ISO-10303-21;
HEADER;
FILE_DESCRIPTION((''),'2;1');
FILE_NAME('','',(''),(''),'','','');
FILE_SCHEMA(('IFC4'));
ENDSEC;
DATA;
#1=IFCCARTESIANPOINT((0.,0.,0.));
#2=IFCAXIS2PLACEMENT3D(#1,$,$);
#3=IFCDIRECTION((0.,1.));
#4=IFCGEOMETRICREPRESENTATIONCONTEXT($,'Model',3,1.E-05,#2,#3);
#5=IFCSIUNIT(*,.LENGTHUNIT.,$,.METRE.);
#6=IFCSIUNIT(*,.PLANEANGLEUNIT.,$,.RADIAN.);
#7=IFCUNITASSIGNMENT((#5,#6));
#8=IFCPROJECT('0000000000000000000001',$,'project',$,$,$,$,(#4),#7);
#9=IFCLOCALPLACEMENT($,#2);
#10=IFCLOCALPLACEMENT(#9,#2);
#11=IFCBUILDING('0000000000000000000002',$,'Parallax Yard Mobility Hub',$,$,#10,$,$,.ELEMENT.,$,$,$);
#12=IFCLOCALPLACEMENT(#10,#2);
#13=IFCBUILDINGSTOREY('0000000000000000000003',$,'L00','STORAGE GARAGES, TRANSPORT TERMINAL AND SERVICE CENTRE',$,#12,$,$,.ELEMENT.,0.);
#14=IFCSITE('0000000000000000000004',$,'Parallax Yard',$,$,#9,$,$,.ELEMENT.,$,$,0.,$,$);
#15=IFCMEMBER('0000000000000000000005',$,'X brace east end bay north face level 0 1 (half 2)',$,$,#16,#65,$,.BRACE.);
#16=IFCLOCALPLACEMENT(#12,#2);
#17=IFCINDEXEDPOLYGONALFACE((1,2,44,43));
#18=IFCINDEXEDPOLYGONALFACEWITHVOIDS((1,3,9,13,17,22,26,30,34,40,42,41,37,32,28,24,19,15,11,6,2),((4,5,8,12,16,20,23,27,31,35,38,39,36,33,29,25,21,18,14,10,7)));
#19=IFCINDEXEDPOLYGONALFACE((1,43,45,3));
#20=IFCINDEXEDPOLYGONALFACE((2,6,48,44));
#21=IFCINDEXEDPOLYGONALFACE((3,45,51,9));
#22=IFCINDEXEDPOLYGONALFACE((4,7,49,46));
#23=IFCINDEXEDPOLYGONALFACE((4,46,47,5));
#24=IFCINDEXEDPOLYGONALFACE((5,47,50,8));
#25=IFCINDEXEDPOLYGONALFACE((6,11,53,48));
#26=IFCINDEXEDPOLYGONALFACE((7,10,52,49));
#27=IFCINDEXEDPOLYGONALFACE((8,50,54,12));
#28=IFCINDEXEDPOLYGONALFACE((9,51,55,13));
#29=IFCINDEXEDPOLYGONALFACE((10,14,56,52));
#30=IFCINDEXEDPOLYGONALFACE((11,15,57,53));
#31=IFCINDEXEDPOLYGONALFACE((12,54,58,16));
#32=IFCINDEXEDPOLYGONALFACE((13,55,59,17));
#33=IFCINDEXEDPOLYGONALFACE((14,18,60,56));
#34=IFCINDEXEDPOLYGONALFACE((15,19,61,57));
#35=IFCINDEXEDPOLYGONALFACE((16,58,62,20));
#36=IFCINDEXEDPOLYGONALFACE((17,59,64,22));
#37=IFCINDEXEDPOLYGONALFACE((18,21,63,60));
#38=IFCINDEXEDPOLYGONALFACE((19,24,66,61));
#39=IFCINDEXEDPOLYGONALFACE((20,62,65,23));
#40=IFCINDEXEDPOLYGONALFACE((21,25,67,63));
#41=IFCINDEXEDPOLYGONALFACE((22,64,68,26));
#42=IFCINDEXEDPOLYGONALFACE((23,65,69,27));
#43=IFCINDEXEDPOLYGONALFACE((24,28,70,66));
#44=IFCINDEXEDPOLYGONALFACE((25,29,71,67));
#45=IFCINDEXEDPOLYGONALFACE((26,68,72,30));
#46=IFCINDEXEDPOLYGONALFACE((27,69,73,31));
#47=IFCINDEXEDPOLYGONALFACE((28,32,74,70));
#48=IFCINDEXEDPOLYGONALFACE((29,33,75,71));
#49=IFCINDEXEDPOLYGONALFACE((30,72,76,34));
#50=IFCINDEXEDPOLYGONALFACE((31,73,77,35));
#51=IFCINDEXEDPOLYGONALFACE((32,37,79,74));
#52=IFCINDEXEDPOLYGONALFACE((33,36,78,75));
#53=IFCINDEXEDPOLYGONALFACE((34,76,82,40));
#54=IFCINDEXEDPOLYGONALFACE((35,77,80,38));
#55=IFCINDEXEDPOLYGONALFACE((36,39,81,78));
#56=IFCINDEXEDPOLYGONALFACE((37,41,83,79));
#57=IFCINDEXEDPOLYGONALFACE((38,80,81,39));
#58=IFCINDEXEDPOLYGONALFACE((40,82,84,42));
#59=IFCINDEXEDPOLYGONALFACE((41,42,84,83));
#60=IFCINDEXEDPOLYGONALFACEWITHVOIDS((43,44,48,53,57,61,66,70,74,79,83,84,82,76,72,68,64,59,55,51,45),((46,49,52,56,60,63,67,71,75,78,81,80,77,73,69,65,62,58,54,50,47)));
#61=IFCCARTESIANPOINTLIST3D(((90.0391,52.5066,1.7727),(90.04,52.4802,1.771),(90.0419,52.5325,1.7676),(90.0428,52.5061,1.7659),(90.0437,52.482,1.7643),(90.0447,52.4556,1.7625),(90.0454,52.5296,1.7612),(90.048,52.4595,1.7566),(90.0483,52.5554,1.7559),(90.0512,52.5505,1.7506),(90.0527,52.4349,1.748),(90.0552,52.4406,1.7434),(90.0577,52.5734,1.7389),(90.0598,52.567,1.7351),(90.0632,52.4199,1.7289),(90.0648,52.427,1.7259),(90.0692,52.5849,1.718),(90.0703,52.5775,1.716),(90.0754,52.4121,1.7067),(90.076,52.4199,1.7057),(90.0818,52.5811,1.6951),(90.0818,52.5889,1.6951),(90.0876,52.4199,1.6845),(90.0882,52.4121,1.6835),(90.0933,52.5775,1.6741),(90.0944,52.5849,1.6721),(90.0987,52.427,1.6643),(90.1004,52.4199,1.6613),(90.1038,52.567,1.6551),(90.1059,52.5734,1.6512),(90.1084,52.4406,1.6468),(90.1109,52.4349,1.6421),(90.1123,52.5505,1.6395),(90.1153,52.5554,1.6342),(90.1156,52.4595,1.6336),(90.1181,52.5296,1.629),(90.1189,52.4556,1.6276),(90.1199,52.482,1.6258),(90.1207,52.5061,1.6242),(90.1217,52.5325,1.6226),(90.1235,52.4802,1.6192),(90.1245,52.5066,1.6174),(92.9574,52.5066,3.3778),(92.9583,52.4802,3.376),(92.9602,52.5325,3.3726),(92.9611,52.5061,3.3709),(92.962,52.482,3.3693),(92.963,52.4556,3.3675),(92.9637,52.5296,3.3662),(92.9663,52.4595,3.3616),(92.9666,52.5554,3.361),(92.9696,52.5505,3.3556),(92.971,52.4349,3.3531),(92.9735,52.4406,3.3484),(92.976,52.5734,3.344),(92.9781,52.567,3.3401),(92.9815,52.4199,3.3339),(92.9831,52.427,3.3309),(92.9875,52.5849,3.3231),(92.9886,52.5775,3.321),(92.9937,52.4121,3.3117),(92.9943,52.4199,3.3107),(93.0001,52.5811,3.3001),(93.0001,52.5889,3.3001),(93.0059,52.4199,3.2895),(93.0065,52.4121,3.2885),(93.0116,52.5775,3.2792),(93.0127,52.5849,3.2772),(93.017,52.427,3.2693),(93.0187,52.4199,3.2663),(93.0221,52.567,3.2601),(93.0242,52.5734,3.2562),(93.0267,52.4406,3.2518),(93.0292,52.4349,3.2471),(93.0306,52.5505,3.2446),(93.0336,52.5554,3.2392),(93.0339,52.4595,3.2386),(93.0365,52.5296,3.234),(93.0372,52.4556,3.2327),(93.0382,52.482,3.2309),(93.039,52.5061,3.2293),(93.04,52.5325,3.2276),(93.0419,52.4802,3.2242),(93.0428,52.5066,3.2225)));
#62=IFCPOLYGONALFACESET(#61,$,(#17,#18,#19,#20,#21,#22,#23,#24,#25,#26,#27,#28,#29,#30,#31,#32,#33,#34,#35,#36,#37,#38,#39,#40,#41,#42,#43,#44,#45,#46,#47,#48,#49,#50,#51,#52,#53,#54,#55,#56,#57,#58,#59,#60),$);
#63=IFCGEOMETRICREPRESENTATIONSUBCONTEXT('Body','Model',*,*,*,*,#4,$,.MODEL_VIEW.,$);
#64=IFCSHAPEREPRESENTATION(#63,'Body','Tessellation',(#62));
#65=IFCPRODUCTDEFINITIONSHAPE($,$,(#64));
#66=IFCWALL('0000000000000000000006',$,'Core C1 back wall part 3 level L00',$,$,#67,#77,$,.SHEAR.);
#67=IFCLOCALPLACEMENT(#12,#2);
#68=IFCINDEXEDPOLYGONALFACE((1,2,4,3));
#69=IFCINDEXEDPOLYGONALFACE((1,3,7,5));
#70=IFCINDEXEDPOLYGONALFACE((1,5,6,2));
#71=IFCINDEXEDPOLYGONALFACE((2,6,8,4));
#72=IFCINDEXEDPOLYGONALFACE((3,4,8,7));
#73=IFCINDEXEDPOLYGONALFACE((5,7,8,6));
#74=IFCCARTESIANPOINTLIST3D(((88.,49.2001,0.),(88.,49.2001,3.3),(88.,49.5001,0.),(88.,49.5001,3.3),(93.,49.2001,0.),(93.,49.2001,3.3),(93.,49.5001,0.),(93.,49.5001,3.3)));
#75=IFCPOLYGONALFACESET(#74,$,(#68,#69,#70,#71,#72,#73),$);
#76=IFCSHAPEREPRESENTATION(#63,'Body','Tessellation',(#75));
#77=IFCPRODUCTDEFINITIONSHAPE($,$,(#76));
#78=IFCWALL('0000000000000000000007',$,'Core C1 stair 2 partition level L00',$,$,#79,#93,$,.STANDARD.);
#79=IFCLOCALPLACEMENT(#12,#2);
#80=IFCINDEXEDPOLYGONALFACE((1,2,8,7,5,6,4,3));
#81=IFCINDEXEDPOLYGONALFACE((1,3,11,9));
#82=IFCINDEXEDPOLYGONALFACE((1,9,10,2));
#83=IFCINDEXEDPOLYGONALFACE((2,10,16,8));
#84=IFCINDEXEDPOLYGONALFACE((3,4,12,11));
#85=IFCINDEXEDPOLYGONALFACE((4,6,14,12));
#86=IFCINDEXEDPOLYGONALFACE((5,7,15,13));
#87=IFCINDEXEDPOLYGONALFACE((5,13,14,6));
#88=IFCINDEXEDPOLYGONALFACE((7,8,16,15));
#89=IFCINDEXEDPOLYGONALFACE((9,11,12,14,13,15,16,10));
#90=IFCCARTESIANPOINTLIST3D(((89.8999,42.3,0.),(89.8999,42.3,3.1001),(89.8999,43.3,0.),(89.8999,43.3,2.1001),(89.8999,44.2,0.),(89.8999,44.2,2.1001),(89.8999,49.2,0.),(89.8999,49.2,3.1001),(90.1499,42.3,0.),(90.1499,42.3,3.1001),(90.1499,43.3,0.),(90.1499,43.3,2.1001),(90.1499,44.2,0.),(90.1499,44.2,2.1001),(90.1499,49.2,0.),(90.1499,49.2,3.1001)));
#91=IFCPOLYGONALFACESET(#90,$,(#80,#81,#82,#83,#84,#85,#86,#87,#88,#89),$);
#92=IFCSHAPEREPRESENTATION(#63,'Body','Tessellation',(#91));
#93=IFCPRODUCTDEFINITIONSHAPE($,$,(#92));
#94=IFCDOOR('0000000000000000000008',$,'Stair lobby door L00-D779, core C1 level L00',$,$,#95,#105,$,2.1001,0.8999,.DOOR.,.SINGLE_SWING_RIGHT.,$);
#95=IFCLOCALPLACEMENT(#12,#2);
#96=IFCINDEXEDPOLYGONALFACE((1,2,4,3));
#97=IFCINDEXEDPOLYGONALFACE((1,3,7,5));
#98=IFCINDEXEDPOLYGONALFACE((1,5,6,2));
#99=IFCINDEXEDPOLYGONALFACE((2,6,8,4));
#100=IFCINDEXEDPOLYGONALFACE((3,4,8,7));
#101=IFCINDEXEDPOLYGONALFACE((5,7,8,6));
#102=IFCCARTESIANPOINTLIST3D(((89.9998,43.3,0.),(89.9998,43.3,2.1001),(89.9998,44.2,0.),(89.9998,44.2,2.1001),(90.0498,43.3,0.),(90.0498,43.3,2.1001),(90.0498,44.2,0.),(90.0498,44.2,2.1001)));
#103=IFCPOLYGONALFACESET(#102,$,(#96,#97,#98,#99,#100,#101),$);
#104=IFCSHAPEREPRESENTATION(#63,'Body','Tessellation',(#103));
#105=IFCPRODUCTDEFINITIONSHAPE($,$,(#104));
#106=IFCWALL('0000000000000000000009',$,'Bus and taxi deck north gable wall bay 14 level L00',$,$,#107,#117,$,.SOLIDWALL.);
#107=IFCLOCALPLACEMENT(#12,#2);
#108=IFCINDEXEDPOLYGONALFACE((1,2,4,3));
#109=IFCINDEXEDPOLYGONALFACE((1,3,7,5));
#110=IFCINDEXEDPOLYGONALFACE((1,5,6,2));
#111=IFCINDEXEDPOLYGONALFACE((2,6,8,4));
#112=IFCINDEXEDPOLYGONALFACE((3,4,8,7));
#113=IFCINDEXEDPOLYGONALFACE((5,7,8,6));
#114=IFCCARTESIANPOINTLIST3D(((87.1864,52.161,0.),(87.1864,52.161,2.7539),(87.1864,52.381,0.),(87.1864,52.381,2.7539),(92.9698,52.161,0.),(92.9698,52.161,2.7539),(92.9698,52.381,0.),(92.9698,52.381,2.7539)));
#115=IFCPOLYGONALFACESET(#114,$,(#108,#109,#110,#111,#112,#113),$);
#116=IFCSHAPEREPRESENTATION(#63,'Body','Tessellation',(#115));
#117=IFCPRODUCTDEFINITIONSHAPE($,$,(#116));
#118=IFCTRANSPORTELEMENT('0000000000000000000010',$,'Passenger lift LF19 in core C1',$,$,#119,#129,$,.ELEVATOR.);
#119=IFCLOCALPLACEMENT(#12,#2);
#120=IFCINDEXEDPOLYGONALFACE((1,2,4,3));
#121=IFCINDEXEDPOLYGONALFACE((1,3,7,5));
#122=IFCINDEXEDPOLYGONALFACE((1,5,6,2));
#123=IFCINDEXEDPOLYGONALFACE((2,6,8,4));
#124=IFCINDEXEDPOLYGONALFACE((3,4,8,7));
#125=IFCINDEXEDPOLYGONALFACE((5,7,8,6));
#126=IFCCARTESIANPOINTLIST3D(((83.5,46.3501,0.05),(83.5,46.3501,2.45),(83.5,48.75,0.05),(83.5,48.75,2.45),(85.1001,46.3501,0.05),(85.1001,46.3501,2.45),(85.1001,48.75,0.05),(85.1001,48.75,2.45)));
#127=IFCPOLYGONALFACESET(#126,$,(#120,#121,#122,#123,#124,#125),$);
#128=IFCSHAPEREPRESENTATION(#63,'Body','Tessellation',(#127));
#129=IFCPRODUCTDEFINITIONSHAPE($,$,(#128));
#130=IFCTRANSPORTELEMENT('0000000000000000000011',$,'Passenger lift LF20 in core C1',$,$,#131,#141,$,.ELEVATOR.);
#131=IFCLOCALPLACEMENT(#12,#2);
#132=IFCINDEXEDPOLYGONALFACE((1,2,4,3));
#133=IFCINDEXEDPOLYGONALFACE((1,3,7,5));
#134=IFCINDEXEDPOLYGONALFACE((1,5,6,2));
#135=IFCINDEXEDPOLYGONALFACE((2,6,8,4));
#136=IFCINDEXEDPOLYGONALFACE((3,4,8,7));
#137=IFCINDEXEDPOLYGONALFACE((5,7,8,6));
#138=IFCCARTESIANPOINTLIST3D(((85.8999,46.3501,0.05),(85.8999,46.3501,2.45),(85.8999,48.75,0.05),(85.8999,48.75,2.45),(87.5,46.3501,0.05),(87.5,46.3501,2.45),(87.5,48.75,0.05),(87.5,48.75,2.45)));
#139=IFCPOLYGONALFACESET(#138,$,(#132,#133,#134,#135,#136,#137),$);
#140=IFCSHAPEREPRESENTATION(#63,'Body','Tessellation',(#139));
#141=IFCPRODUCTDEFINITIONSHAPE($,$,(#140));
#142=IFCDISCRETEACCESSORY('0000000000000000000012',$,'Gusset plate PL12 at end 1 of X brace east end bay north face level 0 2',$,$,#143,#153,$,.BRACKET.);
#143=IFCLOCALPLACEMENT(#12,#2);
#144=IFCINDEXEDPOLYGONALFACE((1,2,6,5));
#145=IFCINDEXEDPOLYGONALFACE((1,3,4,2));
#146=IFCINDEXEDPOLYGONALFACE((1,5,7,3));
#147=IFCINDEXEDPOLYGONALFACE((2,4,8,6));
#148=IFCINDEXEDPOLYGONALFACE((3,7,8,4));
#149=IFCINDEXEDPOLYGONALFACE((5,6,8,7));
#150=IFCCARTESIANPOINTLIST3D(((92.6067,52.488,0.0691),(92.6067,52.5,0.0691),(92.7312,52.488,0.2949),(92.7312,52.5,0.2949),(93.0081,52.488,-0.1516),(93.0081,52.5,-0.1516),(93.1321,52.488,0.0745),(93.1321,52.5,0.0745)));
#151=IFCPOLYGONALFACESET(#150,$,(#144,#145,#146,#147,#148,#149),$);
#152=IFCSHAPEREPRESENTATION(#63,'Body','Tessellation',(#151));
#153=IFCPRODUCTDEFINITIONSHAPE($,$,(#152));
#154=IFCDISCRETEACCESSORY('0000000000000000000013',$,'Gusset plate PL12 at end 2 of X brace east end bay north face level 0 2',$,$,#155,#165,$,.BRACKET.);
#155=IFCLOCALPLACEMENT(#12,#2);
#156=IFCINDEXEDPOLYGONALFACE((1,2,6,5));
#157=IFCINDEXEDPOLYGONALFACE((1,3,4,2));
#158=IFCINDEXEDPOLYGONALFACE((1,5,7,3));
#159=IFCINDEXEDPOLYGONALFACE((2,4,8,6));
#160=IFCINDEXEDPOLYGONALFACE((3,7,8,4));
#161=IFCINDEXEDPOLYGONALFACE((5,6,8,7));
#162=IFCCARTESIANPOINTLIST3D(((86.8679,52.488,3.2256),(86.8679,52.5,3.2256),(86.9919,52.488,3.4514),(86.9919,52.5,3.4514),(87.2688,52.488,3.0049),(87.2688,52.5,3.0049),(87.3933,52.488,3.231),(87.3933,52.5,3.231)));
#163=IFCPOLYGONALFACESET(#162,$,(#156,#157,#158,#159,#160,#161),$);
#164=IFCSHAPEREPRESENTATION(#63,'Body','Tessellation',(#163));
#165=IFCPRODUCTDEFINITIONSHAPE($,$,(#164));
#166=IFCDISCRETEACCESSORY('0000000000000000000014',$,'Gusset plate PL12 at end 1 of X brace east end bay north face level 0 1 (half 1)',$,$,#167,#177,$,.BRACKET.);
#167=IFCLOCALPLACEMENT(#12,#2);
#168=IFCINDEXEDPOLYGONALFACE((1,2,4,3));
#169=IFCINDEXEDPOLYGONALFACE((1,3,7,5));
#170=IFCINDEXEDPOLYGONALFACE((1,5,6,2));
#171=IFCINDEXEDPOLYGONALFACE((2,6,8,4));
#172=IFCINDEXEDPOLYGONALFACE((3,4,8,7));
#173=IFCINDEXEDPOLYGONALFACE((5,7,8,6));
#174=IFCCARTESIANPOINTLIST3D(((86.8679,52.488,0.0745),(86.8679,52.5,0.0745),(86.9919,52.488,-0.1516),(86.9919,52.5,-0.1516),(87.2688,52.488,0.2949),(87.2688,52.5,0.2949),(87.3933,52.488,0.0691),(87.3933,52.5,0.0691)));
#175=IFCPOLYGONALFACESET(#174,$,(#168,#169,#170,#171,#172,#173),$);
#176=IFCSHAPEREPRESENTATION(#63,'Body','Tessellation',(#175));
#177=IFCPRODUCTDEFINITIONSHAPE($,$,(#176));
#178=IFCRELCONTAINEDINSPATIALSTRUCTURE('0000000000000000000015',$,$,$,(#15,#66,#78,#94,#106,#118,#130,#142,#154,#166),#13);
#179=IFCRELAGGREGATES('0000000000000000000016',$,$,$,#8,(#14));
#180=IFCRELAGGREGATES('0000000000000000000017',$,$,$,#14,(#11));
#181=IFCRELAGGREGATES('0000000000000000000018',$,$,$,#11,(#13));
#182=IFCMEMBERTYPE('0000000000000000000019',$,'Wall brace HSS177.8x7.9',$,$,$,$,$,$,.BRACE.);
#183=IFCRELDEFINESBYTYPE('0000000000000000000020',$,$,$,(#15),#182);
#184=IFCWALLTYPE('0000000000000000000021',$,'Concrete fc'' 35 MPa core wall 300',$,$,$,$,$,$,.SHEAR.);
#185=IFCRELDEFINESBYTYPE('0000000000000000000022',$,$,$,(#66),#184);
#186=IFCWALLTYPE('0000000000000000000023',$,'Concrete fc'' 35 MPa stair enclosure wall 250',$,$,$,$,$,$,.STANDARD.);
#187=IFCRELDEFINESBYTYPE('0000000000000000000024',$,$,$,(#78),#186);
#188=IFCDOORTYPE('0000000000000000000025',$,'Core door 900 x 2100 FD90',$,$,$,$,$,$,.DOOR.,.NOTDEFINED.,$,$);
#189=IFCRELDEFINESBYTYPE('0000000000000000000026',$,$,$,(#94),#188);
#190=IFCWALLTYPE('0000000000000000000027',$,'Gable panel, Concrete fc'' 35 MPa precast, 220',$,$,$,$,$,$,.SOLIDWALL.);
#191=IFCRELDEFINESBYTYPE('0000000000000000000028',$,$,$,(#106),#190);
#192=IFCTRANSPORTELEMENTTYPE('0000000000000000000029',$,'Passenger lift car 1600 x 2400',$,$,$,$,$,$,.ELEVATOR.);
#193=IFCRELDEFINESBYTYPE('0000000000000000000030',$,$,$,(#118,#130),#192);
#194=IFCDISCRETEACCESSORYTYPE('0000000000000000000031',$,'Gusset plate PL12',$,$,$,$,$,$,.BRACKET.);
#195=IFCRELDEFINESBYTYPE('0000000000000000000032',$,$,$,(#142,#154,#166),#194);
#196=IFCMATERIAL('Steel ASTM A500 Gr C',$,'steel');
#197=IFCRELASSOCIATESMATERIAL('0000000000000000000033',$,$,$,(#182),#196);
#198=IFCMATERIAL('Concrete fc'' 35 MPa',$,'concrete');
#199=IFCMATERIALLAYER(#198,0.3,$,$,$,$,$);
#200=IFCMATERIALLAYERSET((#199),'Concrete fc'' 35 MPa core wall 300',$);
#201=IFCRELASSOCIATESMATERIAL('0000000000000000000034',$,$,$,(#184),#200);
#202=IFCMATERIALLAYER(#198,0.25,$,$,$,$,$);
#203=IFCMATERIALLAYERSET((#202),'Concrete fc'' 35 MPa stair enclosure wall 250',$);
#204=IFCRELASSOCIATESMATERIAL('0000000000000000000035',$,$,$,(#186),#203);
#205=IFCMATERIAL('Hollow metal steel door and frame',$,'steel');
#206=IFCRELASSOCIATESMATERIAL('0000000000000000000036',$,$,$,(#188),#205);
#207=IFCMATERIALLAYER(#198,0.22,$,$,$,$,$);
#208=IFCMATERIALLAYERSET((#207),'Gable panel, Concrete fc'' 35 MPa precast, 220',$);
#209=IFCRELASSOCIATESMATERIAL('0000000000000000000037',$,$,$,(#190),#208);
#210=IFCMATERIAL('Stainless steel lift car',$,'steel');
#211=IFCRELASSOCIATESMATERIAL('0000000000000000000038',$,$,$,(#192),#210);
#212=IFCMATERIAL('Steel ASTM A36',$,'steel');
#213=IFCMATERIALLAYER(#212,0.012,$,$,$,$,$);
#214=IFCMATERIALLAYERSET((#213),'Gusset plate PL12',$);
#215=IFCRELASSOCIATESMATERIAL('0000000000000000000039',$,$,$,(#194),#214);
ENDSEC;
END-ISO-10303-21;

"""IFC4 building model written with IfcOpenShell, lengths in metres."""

from ifc_helpers import new_model, si_unit, direction, frame, frame_2d, origin, origin_2d, place, context, subcontext, project, spatial, polyline, rectangle, hollow_circle, outline, extrude, material, layer, layer_set, material_profile, profile_set, type_object, element, fill, save


model = new_model("IFC4")

# Units and contexts
model_context = context("Model", 3, precision=1e-05, world=origin(), true_north=direction((0.0, 1.0)))
body_context = subcontext(model_context, "Body", "Model", "MODEL_VIEW")
ifc_project = project(units=[si_unit("LENGTHUNIT", "METRE"), si_unit("PLANEANGLEUNIT", "RADIAN")], contexts=[model_context])

# Site, building, storey
site_placement = place(None, origin())
site = spatial("IfcSite", under=ifc_project, at=site_placement, Name="Parallax Yard", CompositionType="ELEMENT", RefElevation=0.0)
building_placement = place(site_placement, origin())
building = spatial("IfcBuilding", under=site, at=building_placement, Name="Parallax Yard Mobility Hub", CompositionType="ELEMENT")
storey_placement = place(building_placement, origin())
storey = spatial("IfcBuildingStorey", under=building, at=storey_placement, Name="L00", Description="STORAGE GARAGES, TRANSPORT TERMINAL AND SERVICE CENTRE", CompositionType="ELEMENT", Elevation=0.0)

# Member
ifc_material_1 = material(Name="Steel ASTM A500 Gr C", Category="steel")
ifc_material_profile_1 = material_profile(ifc_material_1, hollow_circle(Radius=0.0889, WallThickness=0.0078, at=origin_2d()), Name="HSS177.8x7.9")
ifc_profile_set_1 = profile_set([ifc_material_profile_1], Name="Steel ASTM A500 Gr C")
member_type = type_object("IfcMemberType", Name="Wall brace HSS177.8x7.9", PredefinedType="BRACE", material=ifc_profile_set_1)
for number, where, z_axis, x_axis, name in (
    (1, (90.0818, 52.5, 1.6951), (0.876221, 0.0, 0.48191), (0.0, 1.0, 0.0), "X brace east end bay north face level 0 1 (half 2)"),
):
    element("IfcMember", number, at=place(storey_placement, frame(where, z_axis=z_axis, x_axis=x_axis)), inside=storey, type_object=member_type, Name=name, PredefinedType="BRACE", context=body_context, shape_type="SweptSolid", body=[
        extrude(hollow_circle(Radius=0.0889, WallThickness=0.0078, at=origin_2d()), origin(), (0.0, 0.0, 1.0), 3.3306),
    ])

# Wall
ifc_material_2 = material(Name="Concrete fc' 35 MPa", Category="concrete")
ifc_layer_1 = layer(ifc_material_2, 0.3)
ifc_layer_set_1 = layer_set([ifc_layer_1], Name="Concrete fc' 35 MPa core wall 300")
wall_type_1 = type_object("IfcWallType", Name="Concrete fc' 35 MPa core wall 300", PredefinedType="SHEAR", material=ifc_layer_set_1)
wall_1_placement = place(storey_placement, frame((88.0, 49.3501, 0.0), z_axis=(0.0, 0.0, 1.0), x_axis=(1.0, 0.0, 0.0)))
element("IfcWall", 2, at=wall_1_placement, inside=storey, type_object=wall_type_1, Name="Core C1 back wall part 3 level L00", PredefinedType="SHEAR", context=body_context, shape_type="SweptSolid", body=[
    extrude(rectangle(XDim=5.0, YDim=0.3, at=frame_2d((2.5, 0.0))), origin(), (0.0, 0.0, 1.0), 3.3),
])

# Wall, opening, door
ifc_layer_2 = layer(ifc_material_2, 0.25)
ifc_layer_set_2 = layer_set([ifc_layer_2], Name="Concrete fc' 35 MPa stair enclosure wall 250")
wall_type_2 = type_object("IfcWallType", Name="Concrete fc' 35 MPa stair enclosure wall 250", PredefinedType="STANDARD", material=ifc_layer_set_2)
wall_2_placement = place(storey_placement, frame((90.0249, 49.2, 0.0), z_axis=(0.0, 0.0, 1.0), x_axis=(0.0, -1.0, 0.0)))
wall_2 = element("IfcWall", 3, at=wall_2_placement, inside=storey, type_object=wall_type_2, Name="Core C1 stair 2 partition level L00", PredefinedType="STANDARD", context=body_context, shape_type="SweptSolid", body=[
    extrude(rectangle(XDim=6.8999, YDim=0.25, at=frame_2d((3.45, 0.0))), origin(), (0.0, 0.0, 1.0), 3.1001),
])
opening_placement = place(wall_2_placement, frame((5.0, 0.0, 0.0)))
opening = element("IfcOpeningElement", 4, at=opening_placement, cuts=wall_2, PredefinedType="OPENING", context=body_context, shape_type="SweptSolid", body=[
    extrude(rectangle(XDim=0.8999, YDim=2.1001, at=frame_2d((0.45, 1.05))), frame((0.0, 0.135, 0.0), z_axis=(0.0, -1.0, 0.0), x_axis=(1.0, 0.0, 0.0)), (0.0, 0.0, 1.0), 0.27),
])
ifc_material_3 = material(Name="Hollow metal steel door and frame", Category="steel")
door_type = type_object("IfcDoorType", Name="Core door 900 x 2100 FD90", OperationType="NOTDEFINED", PredefinedType="DOOR", material=ifc_material_3)
door_placement = place(opening_placement, origin())
door = element("IfcDoor", 5, at=door_placement, inside=storey, type_object=door_type, Name="Stair lobby door L00-D779, core C1 level L00", OperationType="SINGLE_SWING_RIGHT", OverallHeight=2.1001, OverallWidth=0.8999, PredefinedType="DOOR", context=body_context, shape_type="SweptSolid", body=[
    extrude(rectangle(XDim=0.8999, YDim=2.1001, at=frame_2d((0.45, 1.05))), frame((0.0, 0.0249, 0.0), z_axis=(0.0, -1.0, 0.0), x_axis=(1.0, 0.0, 0.0)), (0.0, 0.0, 1.0), 0.05),
])
fill(opening, door)

# Wall
ifc_layer_3 = layer(ifc_material_2, 0.22)
ifc_layer_set_3 = layer_set([ifc_layer_3], Name="Gable panel, Concrete fc' 35 MPa precast, 220")
wall_type_3 = type_object("IfcWallType", Name="Gable panel, Concrete fc' 35 MPa precast, 220", PredefinedType="SOLIDWALL", material=ifc_layer_set_3)
wall_3_placement = place(storey_placement, frame((87.1865, 52.271, 0.0), z_axis=(0.0, 0.0, 1.0), x_axis=(1.0, 0.0, 0.0)))
element("IfcWall", 6, at=wall_3_placement, inside=storey, type_object=wall_type_3, Name="Bus and taxi deck north gable wall bay 14 level L00", PredefinedType="SOLIDWALL", context=body_context, shape_type="SweptSolid", body=[
    extrude(rectangle(XDim=5.7834, YDim=0.22, at=frame_2d((2.8916, 0.0))), origin(), (0.0, 0.0, 1.0), 2.7539),
])

# Transport elements
ifc_material_4 = material(Name="Stainless steel lift car", Category="steel")
transport_element_type = type_object("IfcTransportElementType", Name="Passenger lift car 1600 x 2400", PredefinedType="ELEVATOR", material=ifc_material_4)
for number, where, z_axis, x_axis, name in (
    (7, (84.3, 47.55, 0.05), (0.0, 0.0, 1.0), (1.0, 0.0, 0.0), "Passenger lift LF19 in core C1"),
    (8, (86.7, 47.55, 0.05), (0.0, 0.0, 1.0), (1.0, 0.0, 0.0), "Passenger lift LF20 in core C1"),
):
    element("IfcTransportElement", number, at=place(storey_placement, frame(where, z_axis=z_axis, x_axis=x_axis)), inside=storey, type_object=transport_element_type, Name=name, PredefinedType="ELEVATOR", context=body_context, shape_type="SweptSolid", body=[
        extrude(rectangle(XDim=1.6001, YDim=2.3999, at=origin_2d()), origin(), (0.0, 0.0, 1.0), 2.3999),
    ])

# Discrete accessories
ifc_material_5 = material(Name="Steel ASTM A36", Category="steel")
ifc_layer_4 = layer(ifc_material_5, 0.012)
ifc_layer_set_4 = layer_set([ifc_layer_4], Name="Gusset plate PL12")
discrete_accessory_type_1 = type_object("IfcDiscreteAccessoryType", Name="Gusset plate PL12", PredefinedType="BRACKET", material=ifc_layer_set_4)
discrete_accessory_1_placement = place(storey_placement, frame((92.7312, 52.5, 0.2949), z_axis=(0.0, 1.0, 0.0), x_axis=(0.876238, 0.0, -0.481878)))
element("IfcDiscreteAccessory", 9, at=discrete_accessory_1_placement, inside=storey, type_object=discrete_accessory_type_1, Name="Gusset plate PL12 at end 1 of X brace east end bay north face level 0 2", PredefinedType="BRACKET", context=body_context, shape_type="SweptSolid", body=[
    extrude(outline(polyline([(0.0, 0.0), (0.4575, 0.0), (0.4578, 0.2579), (-0.0003, 0.2579), (0.0, 0.0)])), origin(), (0.0, 0.0, -1.0), 0.012),
])
discrete_accessory_2_placement = place(storey_placement, frame((87.2688, 52.5, 3.0049), z_axis=(0.0, 1.0, 0.0), x_axis=(-0.876013, 0.0, 0.482287)))
element("IfcDiscreteAccessory", 10, at=discrete_accessory_2_placement, inside=storey, type_object=discrete_accessory_type_1, Name="Gusset plate PL12 at end 2 of X brace east end bay north face level 0 2", PredefinedType="BRACKET", context=body_context, shape_type="SweptSolid", body=[
    extrude(outline(polyline([(0.0, 0.0), (0.4576, 0.0), (0.4579, 0.2576), (0.0, 0.2581), (0.0, 0.0)])), origin(), (0.0, 0.0, -1.0), 0.012),
])
discrete_accessory_3_placement = place(storey_placement, frame((87.3933, 52.5, 0.0691), z_axis=(0.0, 1.0, 0.0), x_axis=(-0.876261, 0.0, -0.481837)))
element("IfcDiscreteAccessory", 11, at=discrete_accessory_3_placement, inside=storey, type_object=discrete_accessory_type_1, Name="Gusset plate PL12 at end 1 of X brace east end bay north face level 0 1 (half 1)", PredefinedType="BRACKET", context=body_context, shape_type="SweptSolid", body=[
    extrude(outline(polyline([(0.0, 0.0), (0.458, 0.0), (0.4578, 0.2579), (0.0003, 0.2579), (0.0, 0.0)])), origin(), (0.0, 0.0, -1.0), 0.012),
])

save(model, "model.ifc")
